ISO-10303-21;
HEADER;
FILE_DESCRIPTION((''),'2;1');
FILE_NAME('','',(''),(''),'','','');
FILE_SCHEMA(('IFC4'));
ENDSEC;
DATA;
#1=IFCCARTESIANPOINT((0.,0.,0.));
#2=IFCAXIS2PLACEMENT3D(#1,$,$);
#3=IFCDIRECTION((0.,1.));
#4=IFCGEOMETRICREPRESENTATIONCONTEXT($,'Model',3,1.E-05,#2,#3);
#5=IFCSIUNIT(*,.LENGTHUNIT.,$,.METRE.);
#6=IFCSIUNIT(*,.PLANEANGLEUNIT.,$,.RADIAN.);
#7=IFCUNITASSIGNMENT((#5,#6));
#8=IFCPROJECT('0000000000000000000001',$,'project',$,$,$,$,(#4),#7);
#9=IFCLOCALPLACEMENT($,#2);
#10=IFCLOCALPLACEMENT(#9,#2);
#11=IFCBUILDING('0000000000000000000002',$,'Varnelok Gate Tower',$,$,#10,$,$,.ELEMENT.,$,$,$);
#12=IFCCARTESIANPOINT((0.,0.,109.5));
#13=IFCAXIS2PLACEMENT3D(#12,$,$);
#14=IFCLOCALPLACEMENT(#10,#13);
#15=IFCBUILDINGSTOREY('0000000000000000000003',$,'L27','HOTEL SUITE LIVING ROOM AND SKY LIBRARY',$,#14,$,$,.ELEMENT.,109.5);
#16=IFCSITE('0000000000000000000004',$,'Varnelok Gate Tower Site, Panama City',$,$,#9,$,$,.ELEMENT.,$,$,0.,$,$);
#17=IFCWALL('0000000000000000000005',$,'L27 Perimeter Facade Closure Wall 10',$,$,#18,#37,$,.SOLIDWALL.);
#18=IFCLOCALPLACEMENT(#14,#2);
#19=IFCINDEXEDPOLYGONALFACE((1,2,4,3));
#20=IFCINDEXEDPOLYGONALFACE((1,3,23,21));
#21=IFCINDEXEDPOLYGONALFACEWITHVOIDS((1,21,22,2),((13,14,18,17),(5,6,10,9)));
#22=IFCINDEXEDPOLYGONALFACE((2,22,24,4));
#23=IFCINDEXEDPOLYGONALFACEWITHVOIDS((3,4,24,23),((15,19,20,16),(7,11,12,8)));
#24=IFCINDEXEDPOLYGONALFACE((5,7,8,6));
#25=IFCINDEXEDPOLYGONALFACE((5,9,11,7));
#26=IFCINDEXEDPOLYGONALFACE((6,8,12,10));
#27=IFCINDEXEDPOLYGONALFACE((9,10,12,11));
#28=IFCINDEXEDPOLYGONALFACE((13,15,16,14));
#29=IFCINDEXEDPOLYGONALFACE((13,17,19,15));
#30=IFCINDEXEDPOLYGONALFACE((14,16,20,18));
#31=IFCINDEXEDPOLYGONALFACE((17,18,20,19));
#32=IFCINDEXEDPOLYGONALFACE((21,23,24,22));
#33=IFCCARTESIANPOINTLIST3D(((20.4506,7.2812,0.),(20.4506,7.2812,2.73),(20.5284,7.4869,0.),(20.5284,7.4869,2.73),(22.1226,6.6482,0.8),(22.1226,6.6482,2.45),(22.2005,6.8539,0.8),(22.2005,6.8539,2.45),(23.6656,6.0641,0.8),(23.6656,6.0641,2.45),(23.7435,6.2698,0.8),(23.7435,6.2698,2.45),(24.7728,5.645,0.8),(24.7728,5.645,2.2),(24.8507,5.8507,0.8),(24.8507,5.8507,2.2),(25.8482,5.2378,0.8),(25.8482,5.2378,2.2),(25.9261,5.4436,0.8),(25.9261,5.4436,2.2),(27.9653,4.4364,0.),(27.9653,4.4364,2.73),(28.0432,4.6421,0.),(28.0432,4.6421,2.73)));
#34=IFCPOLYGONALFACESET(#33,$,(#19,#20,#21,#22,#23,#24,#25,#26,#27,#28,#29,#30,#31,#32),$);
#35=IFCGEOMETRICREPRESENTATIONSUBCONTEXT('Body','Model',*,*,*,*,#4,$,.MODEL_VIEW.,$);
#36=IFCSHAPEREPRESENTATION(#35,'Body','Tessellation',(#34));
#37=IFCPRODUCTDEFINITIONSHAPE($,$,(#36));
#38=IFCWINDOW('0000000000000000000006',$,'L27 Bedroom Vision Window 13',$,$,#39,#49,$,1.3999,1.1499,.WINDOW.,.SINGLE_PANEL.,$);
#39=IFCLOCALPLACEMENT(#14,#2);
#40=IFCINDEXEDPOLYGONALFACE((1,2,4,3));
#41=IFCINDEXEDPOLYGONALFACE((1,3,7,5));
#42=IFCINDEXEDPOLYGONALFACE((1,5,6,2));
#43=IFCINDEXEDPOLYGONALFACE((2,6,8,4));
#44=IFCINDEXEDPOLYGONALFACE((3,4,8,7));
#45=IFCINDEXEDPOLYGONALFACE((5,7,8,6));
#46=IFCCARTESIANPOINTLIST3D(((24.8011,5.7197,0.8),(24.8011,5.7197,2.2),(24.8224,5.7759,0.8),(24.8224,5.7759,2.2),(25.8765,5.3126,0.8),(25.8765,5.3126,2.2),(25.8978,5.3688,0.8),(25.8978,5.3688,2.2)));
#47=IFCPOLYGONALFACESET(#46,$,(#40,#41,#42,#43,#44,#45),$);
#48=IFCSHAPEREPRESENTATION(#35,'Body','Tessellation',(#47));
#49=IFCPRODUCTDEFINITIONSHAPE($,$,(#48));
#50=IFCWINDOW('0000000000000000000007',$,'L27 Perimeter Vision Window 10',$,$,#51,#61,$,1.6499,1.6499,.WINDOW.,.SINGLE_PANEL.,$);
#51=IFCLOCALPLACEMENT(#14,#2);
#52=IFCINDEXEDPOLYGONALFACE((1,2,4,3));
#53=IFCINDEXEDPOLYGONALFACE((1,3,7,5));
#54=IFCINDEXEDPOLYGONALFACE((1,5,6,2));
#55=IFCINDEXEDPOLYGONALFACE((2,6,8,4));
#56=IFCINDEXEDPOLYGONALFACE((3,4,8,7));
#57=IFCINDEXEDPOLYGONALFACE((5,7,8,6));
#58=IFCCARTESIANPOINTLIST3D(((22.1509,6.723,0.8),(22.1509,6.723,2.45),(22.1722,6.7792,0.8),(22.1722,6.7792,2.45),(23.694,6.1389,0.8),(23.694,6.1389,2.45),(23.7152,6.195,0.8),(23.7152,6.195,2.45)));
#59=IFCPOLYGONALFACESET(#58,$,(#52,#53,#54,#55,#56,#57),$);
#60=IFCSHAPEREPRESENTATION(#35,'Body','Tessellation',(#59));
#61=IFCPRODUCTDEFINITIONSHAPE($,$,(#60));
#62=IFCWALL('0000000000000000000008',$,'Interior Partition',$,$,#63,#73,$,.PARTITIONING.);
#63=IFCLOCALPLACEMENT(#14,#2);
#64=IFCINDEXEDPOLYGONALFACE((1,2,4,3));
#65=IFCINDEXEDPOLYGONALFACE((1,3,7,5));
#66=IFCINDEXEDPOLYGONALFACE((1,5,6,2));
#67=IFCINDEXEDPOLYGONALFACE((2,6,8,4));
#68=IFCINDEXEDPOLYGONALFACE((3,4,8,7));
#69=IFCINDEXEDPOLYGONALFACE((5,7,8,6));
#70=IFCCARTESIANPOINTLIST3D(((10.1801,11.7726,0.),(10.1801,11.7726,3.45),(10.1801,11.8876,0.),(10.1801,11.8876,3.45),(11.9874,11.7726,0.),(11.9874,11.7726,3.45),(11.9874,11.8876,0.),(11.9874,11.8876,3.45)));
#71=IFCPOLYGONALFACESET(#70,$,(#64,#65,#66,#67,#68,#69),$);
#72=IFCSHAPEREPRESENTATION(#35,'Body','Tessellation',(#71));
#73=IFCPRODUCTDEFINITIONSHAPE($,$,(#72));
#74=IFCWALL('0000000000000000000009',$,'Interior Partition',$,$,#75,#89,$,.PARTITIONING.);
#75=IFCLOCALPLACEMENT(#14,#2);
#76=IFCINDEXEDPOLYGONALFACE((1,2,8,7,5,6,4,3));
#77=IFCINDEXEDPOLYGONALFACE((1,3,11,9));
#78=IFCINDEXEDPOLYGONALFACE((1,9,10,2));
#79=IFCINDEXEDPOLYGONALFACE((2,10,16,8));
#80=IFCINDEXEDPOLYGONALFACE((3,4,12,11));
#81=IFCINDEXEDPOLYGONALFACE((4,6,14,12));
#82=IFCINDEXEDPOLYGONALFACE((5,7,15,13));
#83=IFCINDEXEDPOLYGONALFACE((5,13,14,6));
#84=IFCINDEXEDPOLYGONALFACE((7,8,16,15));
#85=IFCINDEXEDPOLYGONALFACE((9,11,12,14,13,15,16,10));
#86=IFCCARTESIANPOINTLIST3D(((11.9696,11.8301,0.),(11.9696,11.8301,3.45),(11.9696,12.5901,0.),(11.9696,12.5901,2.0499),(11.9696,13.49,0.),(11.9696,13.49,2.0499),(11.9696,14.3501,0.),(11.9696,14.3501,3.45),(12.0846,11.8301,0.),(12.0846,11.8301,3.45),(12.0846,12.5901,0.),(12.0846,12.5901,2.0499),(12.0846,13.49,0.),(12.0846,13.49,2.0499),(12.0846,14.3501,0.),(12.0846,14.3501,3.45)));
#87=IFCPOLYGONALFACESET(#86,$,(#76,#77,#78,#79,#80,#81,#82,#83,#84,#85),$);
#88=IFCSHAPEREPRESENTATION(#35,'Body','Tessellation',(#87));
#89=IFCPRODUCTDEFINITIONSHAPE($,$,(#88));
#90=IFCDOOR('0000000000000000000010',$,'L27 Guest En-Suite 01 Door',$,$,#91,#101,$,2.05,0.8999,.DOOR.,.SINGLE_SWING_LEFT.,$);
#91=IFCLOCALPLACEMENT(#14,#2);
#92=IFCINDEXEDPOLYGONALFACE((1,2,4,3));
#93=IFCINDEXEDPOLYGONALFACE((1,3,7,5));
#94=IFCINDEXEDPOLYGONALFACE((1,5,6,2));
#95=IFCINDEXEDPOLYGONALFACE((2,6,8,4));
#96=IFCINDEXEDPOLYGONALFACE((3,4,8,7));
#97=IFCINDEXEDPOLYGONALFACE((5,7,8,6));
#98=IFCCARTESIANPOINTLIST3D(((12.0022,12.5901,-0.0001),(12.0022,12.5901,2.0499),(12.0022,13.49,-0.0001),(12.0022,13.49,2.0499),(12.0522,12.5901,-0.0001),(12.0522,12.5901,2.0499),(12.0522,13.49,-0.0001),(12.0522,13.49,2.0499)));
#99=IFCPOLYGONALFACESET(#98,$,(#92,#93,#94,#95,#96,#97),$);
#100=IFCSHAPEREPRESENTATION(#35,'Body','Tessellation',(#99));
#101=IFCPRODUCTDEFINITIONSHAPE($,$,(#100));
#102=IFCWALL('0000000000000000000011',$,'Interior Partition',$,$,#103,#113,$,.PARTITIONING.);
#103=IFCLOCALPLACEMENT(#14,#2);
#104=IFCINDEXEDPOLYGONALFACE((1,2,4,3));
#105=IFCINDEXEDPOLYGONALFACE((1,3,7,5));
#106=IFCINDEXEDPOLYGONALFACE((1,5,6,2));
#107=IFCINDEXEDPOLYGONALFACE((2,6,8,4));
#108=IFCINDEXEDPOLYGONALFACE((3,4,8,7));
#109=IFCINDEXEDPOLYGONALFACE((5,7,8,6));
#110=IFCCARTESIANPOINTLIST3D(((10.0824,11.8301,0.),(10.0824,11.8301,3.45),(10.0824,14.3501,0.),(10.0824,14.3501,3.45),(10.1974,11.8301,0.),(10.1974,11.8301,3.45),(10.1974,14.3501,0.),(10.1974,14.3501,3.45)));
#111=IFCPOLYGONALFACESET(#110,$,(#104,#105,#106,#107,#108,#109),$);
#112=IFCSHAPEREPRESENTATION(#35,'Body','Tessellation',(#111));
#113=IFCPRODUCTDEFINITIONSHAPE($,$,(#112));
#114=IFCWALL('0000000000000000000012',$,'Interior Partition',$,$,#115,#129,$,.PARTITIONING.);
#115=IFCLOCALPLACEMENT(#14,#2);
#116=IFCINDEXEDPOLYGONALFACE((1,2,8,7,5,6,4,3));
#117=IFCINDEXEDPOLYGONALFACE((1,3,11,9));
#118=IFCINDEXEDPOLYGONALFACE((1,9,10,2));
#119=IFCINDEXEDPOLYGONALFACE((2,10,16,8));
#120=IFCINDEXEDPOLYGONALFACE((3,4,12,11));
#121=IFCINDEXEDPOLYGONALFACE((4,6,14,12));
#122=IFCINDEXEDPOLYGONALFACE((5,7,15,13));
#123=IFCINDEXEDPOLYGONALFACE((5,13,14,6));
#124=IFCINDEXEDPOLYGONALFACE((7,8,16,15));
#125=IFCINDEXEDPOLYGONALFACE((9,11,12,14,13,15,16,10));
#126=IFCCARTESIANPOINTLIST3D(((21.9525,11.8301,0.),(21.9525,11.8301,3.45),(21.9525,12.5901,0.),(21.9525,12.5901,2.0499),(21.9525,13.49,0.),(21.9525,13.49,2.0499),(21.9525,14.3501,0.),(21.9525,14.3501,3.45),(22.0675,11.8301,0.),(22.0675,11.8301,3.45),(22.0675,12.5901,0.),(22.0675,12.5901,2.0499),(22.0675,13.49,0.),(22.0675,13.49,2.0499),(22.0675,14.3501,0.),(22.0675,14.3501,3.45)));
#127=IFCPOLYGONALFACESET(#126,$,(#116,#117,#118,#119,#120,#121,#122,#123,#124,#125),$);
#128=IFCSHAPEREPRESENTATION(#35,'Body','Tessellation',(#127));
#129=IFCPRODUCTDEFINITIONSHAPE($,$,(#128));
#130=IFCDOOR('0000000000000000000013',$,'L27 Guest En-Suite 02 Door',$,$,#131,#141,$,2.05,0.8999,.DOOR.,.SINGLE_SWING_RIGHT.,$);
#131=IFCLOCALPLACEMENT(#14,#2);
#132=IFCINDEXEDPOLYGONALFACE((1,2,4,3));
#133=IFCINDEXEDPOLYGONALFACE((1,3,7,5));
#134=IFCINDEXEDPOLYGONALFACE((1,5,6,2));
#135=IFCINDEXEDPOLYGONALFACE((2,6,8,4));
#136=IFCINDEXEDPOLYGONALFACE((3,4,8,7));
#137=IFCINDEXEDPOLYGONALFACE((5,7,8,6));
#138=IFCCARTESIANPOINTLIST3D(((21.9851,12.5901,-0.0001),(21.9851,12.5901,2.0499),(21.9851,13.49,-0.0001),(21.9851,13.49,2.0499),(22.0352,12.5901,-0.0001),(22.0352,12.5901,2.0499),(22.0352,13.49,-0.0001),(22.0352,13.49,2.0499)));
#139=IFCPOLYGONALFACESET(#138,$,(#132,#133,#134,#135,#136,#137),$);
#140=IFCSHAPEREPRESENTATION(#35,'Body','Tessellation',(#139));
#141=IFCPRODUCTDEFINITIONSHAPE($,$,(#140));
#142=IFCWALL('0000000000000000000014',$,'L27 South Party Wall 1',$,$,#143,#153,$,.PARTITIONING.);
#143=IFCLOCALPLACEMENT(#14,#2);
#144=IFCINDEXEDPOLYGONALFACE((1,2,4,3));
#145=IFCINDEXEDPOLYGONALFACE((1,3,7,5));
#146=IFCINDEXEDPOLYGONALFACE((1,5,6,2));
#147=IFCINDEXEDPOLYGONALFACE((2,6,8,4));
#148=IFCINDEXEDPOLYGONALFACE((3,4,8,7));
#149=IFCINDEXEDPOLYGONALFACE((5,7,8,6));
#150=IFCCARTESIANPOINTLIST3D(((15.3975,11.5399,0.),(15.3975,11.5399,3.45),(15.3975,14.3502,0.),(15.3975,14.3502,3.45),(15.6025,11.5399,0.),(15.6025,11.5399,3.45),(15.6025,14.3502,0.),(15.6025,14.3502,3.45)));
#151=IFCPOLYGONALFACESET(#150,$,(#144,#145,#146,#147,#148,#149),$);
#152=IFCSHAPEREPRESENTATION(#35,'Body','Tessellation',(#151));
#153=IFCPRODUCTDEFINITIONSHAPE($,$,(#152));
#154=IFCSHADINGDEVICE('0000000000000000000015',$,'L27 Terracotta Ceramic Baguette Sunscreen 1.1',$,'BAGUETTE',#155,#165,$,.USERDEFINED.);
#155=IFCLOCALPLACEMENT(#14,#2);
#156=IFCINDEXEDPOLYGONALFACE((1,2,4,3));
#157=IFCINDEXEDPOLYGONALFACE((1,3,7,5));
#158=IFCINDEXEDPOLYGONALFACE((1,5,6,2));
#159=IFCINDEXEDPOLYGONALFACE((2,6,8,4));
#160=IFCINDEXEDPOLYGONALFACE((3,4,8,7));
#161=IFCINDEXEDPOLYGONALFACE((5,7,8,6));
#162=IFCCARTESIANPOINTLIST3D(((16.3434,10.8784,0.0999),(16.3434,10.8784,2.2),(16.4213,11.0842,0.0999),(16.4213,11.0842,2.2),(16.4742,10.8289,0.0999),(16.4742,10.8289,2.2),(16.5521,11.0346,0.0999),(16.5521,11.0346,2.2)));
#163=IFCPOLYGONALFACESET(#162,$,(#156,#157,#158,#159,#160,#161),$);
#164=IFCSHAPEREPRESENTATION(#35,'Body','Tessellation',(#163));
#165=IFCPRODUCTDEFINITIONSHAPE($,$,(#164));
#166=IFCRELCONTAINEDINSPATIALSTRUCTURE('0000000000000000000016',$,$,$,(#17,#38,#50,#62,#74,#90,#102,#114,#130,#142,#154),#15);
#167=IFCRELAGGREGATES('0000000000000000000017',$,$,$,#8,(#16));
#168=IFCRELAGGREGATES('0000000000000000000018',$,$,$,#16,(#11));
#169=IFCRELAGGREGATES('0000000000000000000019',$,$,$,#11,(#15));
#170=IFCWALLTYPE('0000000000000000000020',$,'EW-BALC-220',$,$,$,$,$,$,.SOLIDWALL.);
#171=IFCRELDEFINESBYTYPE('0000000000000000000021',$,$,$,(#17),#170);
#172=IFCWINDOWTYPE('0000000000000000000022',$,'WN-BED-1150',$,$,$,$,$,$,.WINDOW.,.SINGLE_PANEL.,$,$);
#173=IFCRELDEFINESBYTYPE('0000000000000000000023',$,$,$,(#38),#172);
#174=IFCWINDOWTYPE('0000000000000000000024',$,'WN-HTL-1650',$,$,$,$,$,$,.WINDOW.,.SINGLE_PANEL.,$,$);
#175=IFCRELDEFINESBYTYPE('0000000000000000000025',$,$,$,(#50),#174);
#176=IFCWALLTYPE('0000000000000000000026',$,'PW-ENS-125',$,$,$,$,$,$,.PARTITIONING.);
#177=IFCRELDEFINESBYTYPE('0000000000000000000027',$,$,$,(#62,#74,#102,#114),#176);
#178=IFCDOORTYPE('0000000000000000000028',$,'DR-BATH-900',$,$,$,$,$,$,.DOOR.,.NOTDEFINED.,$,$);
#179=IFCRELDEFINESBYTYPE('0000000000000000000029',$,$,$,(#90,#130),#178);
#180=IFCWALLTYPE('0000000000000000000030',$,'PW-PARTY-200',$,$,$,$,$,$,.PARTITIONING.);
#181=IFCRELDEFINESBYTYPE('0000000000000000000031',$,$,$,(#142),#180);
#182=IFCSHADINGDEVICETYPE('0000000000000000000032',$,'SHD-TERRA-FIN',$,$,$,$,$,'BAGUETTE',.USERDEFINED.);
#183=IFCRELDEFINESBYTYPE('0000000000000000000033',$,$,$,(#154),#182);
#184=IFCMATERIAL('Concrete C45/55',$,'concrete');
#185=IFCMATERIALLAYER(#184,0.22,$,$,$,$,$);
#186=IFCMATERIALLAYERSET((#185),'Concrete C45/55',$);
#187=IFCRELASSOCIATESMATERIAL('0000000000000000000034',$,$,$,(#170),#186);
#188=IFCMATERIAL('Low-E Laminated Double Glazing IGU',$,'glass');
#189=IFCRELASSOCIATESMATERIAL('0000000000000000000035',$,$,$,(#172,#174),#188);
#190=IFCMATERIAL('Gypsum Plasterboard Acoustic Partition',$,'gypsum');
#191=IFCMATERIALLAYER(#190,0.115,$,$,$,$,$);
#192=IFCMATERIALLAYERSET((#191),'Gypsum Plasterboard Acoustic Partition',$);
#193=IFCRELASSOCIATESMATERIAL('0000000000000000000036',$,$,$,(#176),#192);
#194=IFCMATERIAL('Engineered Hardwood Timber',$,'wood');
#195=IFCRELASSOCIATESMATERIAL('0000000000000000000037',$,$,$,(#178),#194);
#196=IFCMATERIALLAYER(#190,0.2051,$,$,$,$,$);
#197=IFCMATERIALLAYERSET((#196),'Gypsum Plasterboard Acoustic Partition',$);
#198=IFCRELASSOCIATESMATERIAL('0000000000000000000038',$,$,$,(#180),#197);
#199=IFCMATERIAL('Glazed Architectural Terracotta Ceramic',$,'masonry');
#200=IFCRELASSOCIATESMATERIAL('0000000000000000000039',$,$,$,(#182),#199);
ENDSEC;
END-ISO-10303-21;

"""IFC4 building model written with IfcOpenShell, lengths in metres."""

from ifc_helpers import new_model, si_unit, direction, frame, frame_2d, origin, origin_2d, place, context, subcontext, project, spatial, rectangle, extrude, source, transform, mapped, material, layer, layer_set, type_object, element, fill, save


model = new_model("IFC4")

# Units and contexts
model_context = context("Model", 3, precision=1e-05, world=origin(), true_north=direction((0.0, 1.0)))
body_context = subcontext(model_context, "Body", "Model", "MODEL_VIEW")
ifc_project = project(units=[si_unit("LENGTHUNIT", "METRE"), si_unit("PLANEANGLEUNIT", "RADIAN")], contexts=[model_context])

# Site, building, storey
site_placement = place(None, origin())
site = spatial("IfcSite", under=ifc_project, at=site_placement, Name="Varnelok Gate Tower Site, Panama City", CompositionType="ELEMENT", RefElevation=0.0)
building_placement = place(site_placement, origin())
building = spatial("IfcBuilding", under=site, at=building_placement, Name="Varnelok Gate Tower", CompositionType="ELEMENT")
storey_placement = place(building_placement, frame((0.0, 0.0, 109.5)))
storey = spatial("IfcBuildingStorey", under=building, at=storey_placement, Name="L27", Description="HOTEL SUITE LIVING ROOM AND SKY LIBRARY", CompositionType="ELEMENT", Elevation=109.5)

# Shared definitions
ifc_material_1 = material(Name="Concrete C45/55", Category="concrete")

# Shared definitions
ifc_layer_1 = layer(ifc_material_1, 0.22)
ifc_layer_set_1 = layer_set([ifc_layer_1], Name="Concrete C45/55")
wall_type_1 = type_object("IfcWallType", Name="EW-BALC-220", PredefinedType="SOLIDWALL", material=ifc_layer_set_1)

# Wall, openings, windows
wall_1_placement = place(storey_placement, frame((20.4895, 7.384, 0.0), z_axis=(0.0, 0.0, 1.0), x_axis=(0.935231, -0.354039, 0.0)))
wall_1 = element("IfcWall", 1, at=wall_1_placement, inside=storey, type_object=wall_type_1, Name="L27 Perimeter Facade Closure Wall 10", PredefinedType="SOLIDWALL", context=body_context, shape_type="SweptSolid", body=[
    extrude(rectangle(XDim=8.0352, YDim=0.22, at=frame_2d((4.0176, 0.0))), origin(), (0.0, 0.0, 1.0), 2.73),
])
opening_1_placement = place(wall_1_placement, frame((1.7878, 0.0, 0.8)))
opening_1 = element("IfcOpeningElement", 2, at=opening_1_placement, cuts=wall_1, PredefinedType="OPENING", context=body_context, shape_type="SweptSolid", body=[
    extrude(rectangle(XDim=1.6499, YDim=1.6499, at=frame_2d((0.825, 0.825))), frame((0.0, 0.1199, 0.0), z_axis=(0.0, -1.0, 0.0), x_axis=(1.0, 0.0, 0.0)), (0.0, 0.0, 1.0), 0.24),
])
opening_2_placement = place(wall_1_placement, frame((4.6216, 0.0, 0.8)))
opening_2 = element("IfcOpeningElement", 3, at=opening_2_placement, cuts=wall_1, PredefinedType="OPENING", context=body_context, shape_type="SweptSolid", body=[
    extrude(rectangle(XDim=1.1499, YDim=1.3999, at=frame_2d((0.575, 0.7))), frame((0.0, 0.1199, 0.0), z_axis=(0.0, -1.0, 0.0), x_axis=(1.0, 0.0, 0.0)), (0.0, 0.0, 1.0), 0.24),
])
ifc_material_2 = material(Name="Low-E Laminated Double Glazing IGU", Category="glass")
window_type_1 = type_object("IfcWindowType", Name="WN-BED-1150", PartitioningType="SINGLE_PANEL", PredefinedType="WINDOW", material=ifc_material_2)
window_1_placement = place(opening_2_placement, origin())
window_1 = element("IfcWindow", 4, at=window_1_placement, inside=storey, type_object=window_type_1, Name="L27 Bedroom Vision Window 13", OverallHeight=1.3999, OverallWidth=1.1499, PartitioningType="SINGLE_PANEL", PredefinedType="WINDOW", context=body_context, shape_type="SweptSolid", body=[
    extrude(rectangle(XDim=1.1499, YDim=1.3999, at=frame_2d((0.575, 0.7))), frame((0.0, 0.03, 0.0), z_axis=(0.0, -1.0, 0.0), x_axis=(1.0, 0.0, 0.0)), (0.0, 0.0, 1.0), 0.0601),
])
fill(opening_2, window_1)
window_type_2 = type_object("IfcWindowType", Name="WN-HTL-1650", PartitioningType="SINGLE_PANEL", PredefinedType="WINDOW", material=ifc_material_2)
window_2_placement = place(opening_1_placement, origin())
window_2 = element("IfcWindow", 5, at=window_2_placement, inside=storey, type_object=window_type_2, Name="L27 Perimeter Vision Window 10", OverallHeight=1.6499, OverallWidth=1.6499, PartitioningType="SINGLE_PANEL", PredefinedType="WINDOW", context=body_context, shape_type="SweptSolid", body=[
    extrude(rectangle(XDim=1.6499, YDim=1.6499, at=frame_2d((0.825, 0.825))), frame((0.0, 0.03, 0.0), z_axis=(0.0, -1.0, 0.0), x_axis=(1.0, 0.0, 0.0)), (0.0, 0.0, 1.0), 0.0601),
])
fill(opening_1, window_2)

# Wall
ifc_material_3 = material(Name="Gypsum Plasterboard Acoustic Partition", Category="gypsum")
ifc_layer_2 = layer(ifc_material_3, 0.115)
ifc_layer_set_2 = layer_set([ifc_layer_2], Name="Gypsum Plasterboard Acoustic Partition")
wall_type_2 = type_object("IfcWallType", Name="PW-ENS-125", PredefinedType="PARTITIONING", material=ifc_layer_set_2)
wall_2_placement = place(storey_placement, frame((10.1799, 11.8301, 0.0), z_axis=(0.0, 0.0, 1.0), x_axis=(1.0, 0.0, 0.0)))
element("IfcWall", 6, at=wall_2_placement, inside=storey, type_object=wall_type_2, Name="Interior Partition", PredefinedType="PARTITIONING", context=body_context, shape_type="SweptSolid", body=[
    extrude(rectangle(XDim=1.8074, YDim=0.115, at=frame_2d((0.9038, 0.0))), origin(), (0.0, 0.0, 1.0), 3.45),
])

# Wall, opening, door
wall_3_placement = place(storey_placement, frame((12.0271, 11.8301, 0.0), z_axis=(0.0, 0.0, 1.0), x_axis=(0.0, 1.0, 0.0)))
wall_3 = element("IfcWall", 7, at=wall_3_placement, inside=storey, type_object=wall_type_2, Name="Interior Partition", PredefinedType="PARTITIONING", context=body_context, shape_type="SweptSolid", body=[
    extrude(rectangle(XDim=2.52, YDim=0.115, at=frame_2d((1.26, 0.0))), origin(), (0.0, 0.0, 1.0), 3.45),
])
opening_3_placement = place(wall_3_placement, frame((0.76, 0.0, 0.0)))
opening_3 = element("IfcOpeningElement", 8, at=opening_3_placement, cuts=wall_3, PredefinedType="OPENING", context=body_context, shape_type="SweptSolid", body=[
    extrude(rectangle(XDim=0.8999, YDim=2.05, at=frame_2d((0.45, 1.0249))), frame((0.0, 0.0674, 0.0), z_axis=(0.0, -1.0, 0.0), x_axis=(1.0, 0.0, 0.0)), (0.0, 0.0, 1.0), 0.135),
])
ifc_material_4 = material(Name="Engineered Hardwood Timber", Category="wood")
door_type_1 = type_object("IfcDoorType", Name="DR-BATH-900", OperationType="NOTDEFINED", PredefinedType="DOOR", material=ifc_material_4)
door_1_placement = place(opening_3_placement, origin())
door_1 = element("IfcDoor", 9, at=door_1_placement, inside=storey, type_object=door_type_1, Name="L27 Guest En-Suite 01 Door", OperationType="SINGLE_SWING_LEFT", OverallHeight=2.05, OverallWidth=0.8999, PredefinedType="DOOR", context=body_context, shape_type="SweptSolid", body=[
    extrude(rectangle(XDim=0.8999, YDim=2.05, at=frame_2d((0.45, 1.0249))), frame((0.0, 0.0249, 0.0), z_axis=(0.0, -1.0, 0.0), x_axis=(1.0, 0.0, 0.0)), (0.0, 0.0, 1.0), 0.05),
])
fill(opening_3, door_1)

# Wall
wall_4_placement = place(storey_placement, frame((10.1399, 11.8301, 0.0), z_axis=(0.0, 0.0, 1.0), x_axis=(0.0, 1.0, 0.0)))
element("IfcWall", 10, at=wall_4_placement, inside=storey, type_object=wall_type_2, Name="Interior Partition", PredefinedType="PARTITIONING", context=body_context, shape_type="SweptSolid", body=[
    extrude(rectangle(XDim=2.52, YDim=0.115, at=frame_2d((1.26, 0.0))), origin(), (0.0, 0.0, 1.0), 3.45),
])

# Wall, opening, door
wall_5_placement = place(storey_placement, frame((22.01, 11.8301, 0.0), z_axis=(0.0, 0.0, 1.0), x_axis=(0.0, 1.0, 0.0)))
wall_5 = element("IfcWall", 11, at=wall_5_placement, inside=storey, type_object=wall_type_2, Name="Interior Partition", PredefinedType="PARTITIONING", context=body_context, shape_type="SweptSolid", body=[
    extrude(rectangle(XDim=2.52, YDim=0.115, at=frame_2d((1.26, 0.0))), origin(), (0.0, 0.0, 1.0), 3.45),
])
opening_4_placement = place(wall_5_placement, frame((0.76, 0.0, 0.0)))
opening_4 = element("IfcOpeningElement", 12, at=opening_4_placement, cuts=wall_5, PredefinedType="OPENING", context=body_context, shape_type="SweptSolid", body=[
    extrude(rectangle(XDim=0.8999, YDim=2.05, at=frame_2d((0.45, 1.0249))), frame((0.0, 0.0674, 0.0), z_axis=(0.0, -1.0, 0.0), x_axis=(1.0, 0.0, 0.0)), (0.0, 0.0, 1.0), 0.135),
])
door_2_placement = place(opening_4_placement, origin())
door_2 = element("IfcDoor", 13, at=door_2_placement, inside=storey, type_object=door_type_1, Name="L27 Guest En-Suite 02 Door", OperationType="SINGLE_SWING_RIGHT", OverallHeight=2.05, OverallWidth=0.8999, PredefinedType="DOOR", context=body_context, shape_type="SweptSolid", body=[
    extrude(rectangle(XDim=0.8999, YDim=2.05, at=frame_2d((0.45, 1.0249))), frame((0.0, 0.0249, 0.0), z_axis=(0.0, -1.0, 0.0), x_axis=(1.0, 0.0, 0.0)), (0.0, 0.0, 1.0), 0.05),
])
fill(opening_4, door_2)

# Wall
ifc_layer_3 = layer(ifc_material_3, 0.2051)
ifc_layer_set_3 = layer_set([ifc_layer_3], Name="Gypsum Plasterboard Acoustic Partition")
wall_type_3 = type_object("IfcWallType", Name="PW-PARTY-200", PredefinedType="PARTITIONING", material=ifc_layer_set_3)
wall_6_placement = place(storey_placement, frame((15.5, 11.5398, 0.0), z_axis=(0.0, 0.0, 1.0), x_axis=(0.0, 1.0, 0.0)))
element("IfcWall", 14, at=wall_6_placement, inside=storey, type_object=wall_type_3, Name="L27 South Party Wall 1", PredefinedType="PARTITIONING", context=body_context, shape_type="SweptSolid", body=[
    extrude(rectangle(XDim=2.8103, YDim=0.2051, at=frame_2d((1.4053, 0.0))), origin(), (0.0, 0.0, 1.0), 3.45),
])

# Shading device
ifc_material_5 = material(Name="Glazed Architectural Terracotta Ceramic", Category="masonry")
shading_device_type = type_object("IfcShadingDeviceType", Name="SHD-TERRA-FIN", ElementType="BAGUETTE", PredefinedType="USERDEFINED", material=ifc_material_5)
shared_shape_1 = source(origin(), body_context, "Body", "SweptSolid", [
    extrude(rectangle(XDim=0.1399, YDim=0.22, at=origin_2d()), origin(), (0.0, 0.0, 1.0), 2.1001),
])
shading_device_placement = place(storey_placement, frame((16.4478, 10.9565, 0.0999), z_axis=(0.0, 0.0, 1.0), x_axis=(0.935222, -0.354063, 0.0)))
element("IfcShadingDevice", 15, at=shading_device_placement, inside=storey, type_object=shading_device_type, Name="L27 Terracotta Ceramic Baguette Sunscreen 1.1", ObjectType="BAGUETTE", PredefinedType="USERDEFINED", context=body_context, shape_type="MappedRepresentation", body=[
    mapped(shared_shape_1, transform((0.0, 0.0, 0.0), scale=1.0)),
])

save(model, "model.ifc")
